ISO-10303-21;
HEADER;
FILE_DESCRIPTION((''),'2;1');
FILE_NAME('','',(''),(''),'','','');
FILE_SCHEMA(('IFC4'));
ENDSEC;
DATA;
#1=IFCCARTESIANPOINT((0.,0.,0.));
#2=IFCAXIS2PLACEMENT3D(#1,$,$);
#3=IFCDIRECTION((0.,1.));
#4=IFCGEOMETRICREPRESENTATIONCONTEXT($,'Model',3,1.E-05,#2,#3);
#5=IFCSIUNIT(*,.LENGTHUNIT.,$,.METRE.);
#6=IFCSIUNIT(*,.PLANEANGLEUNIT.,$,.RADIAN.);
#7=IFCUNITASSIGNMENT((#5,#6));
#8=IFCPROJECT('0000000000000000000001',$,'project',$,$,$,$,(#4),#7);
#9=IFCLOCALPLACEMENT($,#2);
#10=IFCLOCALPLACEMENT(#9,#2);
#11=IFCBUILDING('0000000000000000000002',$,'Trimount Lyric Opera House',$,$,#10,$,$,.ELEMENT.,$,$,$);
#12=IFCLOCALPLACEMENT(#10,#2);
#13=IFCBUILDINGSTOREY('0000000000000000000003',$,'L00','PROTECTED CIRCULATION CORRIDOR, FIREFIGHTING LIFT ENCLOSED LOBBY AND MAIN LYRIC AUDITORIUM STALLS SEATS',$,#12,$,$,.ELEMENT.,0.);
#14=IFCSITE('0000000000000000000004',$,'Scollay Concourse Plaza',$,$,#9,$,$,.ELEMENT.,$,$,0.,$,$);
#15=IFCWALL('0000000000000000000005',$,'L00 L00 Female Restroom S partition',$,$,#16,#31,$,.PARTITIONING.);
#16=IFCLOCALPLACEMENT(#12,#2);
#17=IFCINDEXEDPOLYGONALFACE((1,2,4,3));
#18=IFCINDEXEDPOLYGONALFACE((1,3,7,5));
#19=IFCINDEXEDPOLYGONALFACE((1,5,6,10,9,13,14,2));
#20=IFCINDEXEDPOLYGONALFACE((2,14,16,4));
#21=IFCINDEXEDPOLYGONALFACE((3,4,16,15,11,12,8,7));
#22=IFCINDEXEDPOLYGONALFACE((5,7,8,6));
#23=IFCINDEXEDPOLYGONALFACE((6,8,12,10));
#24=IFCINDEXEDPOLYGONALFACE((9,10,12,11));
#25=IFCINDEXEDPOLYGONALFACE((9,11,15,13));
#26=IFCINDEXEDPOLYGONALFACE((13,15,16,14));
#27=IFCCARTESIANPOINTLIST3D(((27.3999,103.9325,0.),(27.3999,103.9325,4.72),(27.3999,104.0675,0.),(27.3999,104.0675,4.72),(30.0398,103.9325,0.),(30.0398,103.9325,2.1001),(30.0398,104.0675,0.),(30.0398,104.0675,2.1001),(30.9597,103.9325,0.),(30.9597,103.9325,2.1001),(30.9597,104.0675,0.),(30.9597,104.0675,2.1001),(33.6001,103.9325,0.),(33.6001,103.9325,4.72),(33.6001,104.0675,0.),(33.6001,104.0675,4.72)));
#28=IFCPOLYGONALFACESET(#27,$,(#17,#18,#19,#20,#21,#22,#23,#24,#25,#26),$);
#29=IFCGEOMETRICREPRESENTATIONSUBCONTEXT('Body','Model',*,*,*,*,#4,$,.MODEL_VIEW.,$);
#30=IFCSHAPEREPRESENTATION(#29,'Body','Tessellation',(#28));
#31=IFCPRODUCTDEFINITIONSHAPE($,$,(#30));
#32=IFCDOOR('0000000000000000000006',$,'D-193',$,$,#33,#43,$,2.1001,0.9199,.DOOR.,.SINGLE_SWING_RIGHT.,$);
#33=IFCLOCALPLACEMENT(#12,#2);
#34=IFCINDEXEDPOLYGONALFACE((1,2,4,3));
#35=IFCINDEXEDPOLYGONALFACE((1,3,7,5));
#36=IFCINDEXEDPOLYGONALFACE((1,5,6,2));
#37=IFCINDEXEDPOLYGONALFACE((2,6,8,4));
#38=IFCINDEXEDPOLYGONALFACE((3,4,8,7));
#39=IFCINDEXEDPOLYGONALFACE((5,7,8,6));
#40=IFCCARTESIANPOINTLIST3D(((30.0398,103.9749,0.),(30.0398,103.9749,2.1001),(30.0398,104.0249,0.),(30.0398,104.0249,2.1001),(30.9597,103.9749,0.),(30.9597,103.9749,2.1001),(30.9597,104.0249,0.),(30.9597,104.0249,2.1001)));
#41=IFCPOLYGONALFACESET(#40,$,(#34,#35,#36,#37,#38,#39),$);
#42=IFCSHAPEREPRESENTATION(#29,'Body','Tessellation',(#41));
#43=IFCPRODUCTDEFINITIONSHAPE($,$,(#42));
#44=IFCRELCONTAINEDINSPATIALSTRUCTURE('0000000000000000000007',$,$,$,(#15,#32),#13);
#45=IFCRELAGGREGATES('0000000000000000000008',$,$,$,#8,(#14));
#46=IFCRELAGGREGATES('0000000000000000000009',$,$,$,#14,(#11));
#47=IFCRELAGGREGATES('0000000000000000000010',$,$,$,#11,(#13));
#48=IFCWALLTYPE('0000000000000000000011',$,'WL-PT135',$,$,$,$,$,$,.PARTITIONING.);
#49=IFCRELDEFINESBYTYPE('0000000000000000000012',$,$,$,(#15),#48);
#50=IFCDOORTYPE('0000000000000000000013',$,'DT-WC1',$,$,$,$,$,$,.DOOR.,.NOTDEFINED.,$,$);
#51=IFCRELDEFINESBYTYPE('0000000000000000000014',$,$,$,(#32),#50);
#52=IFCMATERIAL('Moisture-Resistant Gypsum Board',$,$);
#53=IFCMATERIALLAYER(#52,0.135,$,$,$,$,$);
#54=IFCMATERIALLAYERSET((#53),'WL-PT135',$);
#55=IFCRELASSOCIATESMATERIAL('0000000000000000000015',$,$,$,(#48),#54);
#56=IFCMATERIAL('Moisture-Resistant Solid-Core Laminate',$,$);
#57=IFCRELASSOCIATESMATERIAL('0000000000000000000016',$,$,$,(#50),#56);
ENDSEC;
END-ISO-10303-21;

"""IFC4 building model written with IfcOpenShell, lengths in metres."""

from ifc_helpers import new_model, si_unit, direction, frame, frame_2d, origin, place, context, subcontext, project, spatial, rectangle, extrude, material, layer, layer_set, type_object, element, fill, save


model = new_model("IFC4")

# Units and contexts
model_context = context("Model", 3, precision=1e-05, world=origin(), true_north=direction((0.0, 1.0)))
body_context = subcontext(model_context, "Body", "Model", "MODEL_VIEW")
ifc_project = project(units=[si_unit("LENGTHUNIT", "METRE"), si_unit("PLANEANGLEUNIT", "RADIAN")], contexts=[model_context])

# Site, building, storey
site_placement = place(None, origin())
site = spatial("IfcSite", under=ifc_project, at=site_placement, Name="Scollay Concourse Plaza", CompositionType="ELEMENT", RefElevation=0.0)
building_placement = place(site_placement, origin())
building = spatial("IfcBuilding", under=site, at=building_placement, Name="Trimount Lyric Opera House", CompositionType="ELEMENT")
storey_placement = place(building_placement, origin())
storey = spatial("IfcBuildingStorey", under=building, at=storey_placement, Name="L00", Description="PROTECTED CIRCULATION CORRIDOR, FIREFIGHTING LIFT ENCLOSED LOBBY AND MAIN LYRIC AUDITORIUM STALLS SEATS", CompositionType="ELEMENT", Elevation=0.0)

# Wall, opening, door
ifc_material_1 = material(Name="Moisture-Resistant Gypsum Board")
ifc_layer_1 = layer(ifc_material_1, 0.135)
ifc_layer_set_1 = layer_set([ifc_layer_1], Name="WL-PT135")
wall_type = type_object("IfcWallType", Name="WL-PT135", PredefinedType="PARTITIONING", material=ifc_layer_set_1)
wall_placement = place(storey_placement, frame((27.3999, 104.0, 0.0), z_axis=(0.0, 0.0, 1.0), x_axis=(1.0, 0.0, 0.0)))
wall = element("IfcWall", 1, at=wall_placement, inside=storey, type_object=wall_type, Name="L00 L00 Female Restroom S partition", PredefinedType="PARTITIONING", context=body_context, shape_type="SweptSolid", body=[
    extrude(rectangle(XDim=6.2002, YDim=0.135, at=frame_2d((3.1001, 0.0))), origin(), (0.0, 0.0, 1.0), 4.72),
])
opening_placement = place(wall_placement, frame((2.6399, 0.0, 0.0)))
opening = element("IfcOpeningElement", 2, at=opening_placement, cuts=wall, PredefinedType="OPENING", context=body_context, shape_type="SweptSolid", body=[
    extrude(rectangle(XDim=0.9199, YDim=2.1001, at=frame_2d((0.46, 1.05))), frame((0.0, 0.0776, 0.0), z_axis=(0.0, -1.0, 0.0), x_axis=(1.0, 0.0, 0.0)), (0.0, 0.0, 1.0), 0.155),
])
ifc_material_2 = material(Name="Moisture-Resistant Solid-Core Laminate")
door_type = type_object("IfcDoorType", Name="DT-WC1", OperationType="NOTDEFINED", PredefinedType="DOOR", material=ifc_material_2)
door_placement = place(opening_placement, origin())
door = element("IfcDoor", 3, at=door_placement, inside=storey, type_object=door_type, Name="D-193", OperationType="SINGLE_SWING_RIGHT", OverallHeight=2.1001, OverallWidth=0.9199, PredefinedType="DOOR", context=body_context, shape_type="SweptSolid", body=[
    extrude(rectangle(XDim=0.9199, YDim=2.1001, at=frame_2d((0.46, 1.05))), frame((0.0, 0.0249, 0.0), z_axis=(0.0, -1.0, 0.0), x_axis=(1.0, 0.0, 0.0)), (0.0, 0.0, 1.0), 0.05),
])
fill(opening, door)

save(model, "model.ifc")
